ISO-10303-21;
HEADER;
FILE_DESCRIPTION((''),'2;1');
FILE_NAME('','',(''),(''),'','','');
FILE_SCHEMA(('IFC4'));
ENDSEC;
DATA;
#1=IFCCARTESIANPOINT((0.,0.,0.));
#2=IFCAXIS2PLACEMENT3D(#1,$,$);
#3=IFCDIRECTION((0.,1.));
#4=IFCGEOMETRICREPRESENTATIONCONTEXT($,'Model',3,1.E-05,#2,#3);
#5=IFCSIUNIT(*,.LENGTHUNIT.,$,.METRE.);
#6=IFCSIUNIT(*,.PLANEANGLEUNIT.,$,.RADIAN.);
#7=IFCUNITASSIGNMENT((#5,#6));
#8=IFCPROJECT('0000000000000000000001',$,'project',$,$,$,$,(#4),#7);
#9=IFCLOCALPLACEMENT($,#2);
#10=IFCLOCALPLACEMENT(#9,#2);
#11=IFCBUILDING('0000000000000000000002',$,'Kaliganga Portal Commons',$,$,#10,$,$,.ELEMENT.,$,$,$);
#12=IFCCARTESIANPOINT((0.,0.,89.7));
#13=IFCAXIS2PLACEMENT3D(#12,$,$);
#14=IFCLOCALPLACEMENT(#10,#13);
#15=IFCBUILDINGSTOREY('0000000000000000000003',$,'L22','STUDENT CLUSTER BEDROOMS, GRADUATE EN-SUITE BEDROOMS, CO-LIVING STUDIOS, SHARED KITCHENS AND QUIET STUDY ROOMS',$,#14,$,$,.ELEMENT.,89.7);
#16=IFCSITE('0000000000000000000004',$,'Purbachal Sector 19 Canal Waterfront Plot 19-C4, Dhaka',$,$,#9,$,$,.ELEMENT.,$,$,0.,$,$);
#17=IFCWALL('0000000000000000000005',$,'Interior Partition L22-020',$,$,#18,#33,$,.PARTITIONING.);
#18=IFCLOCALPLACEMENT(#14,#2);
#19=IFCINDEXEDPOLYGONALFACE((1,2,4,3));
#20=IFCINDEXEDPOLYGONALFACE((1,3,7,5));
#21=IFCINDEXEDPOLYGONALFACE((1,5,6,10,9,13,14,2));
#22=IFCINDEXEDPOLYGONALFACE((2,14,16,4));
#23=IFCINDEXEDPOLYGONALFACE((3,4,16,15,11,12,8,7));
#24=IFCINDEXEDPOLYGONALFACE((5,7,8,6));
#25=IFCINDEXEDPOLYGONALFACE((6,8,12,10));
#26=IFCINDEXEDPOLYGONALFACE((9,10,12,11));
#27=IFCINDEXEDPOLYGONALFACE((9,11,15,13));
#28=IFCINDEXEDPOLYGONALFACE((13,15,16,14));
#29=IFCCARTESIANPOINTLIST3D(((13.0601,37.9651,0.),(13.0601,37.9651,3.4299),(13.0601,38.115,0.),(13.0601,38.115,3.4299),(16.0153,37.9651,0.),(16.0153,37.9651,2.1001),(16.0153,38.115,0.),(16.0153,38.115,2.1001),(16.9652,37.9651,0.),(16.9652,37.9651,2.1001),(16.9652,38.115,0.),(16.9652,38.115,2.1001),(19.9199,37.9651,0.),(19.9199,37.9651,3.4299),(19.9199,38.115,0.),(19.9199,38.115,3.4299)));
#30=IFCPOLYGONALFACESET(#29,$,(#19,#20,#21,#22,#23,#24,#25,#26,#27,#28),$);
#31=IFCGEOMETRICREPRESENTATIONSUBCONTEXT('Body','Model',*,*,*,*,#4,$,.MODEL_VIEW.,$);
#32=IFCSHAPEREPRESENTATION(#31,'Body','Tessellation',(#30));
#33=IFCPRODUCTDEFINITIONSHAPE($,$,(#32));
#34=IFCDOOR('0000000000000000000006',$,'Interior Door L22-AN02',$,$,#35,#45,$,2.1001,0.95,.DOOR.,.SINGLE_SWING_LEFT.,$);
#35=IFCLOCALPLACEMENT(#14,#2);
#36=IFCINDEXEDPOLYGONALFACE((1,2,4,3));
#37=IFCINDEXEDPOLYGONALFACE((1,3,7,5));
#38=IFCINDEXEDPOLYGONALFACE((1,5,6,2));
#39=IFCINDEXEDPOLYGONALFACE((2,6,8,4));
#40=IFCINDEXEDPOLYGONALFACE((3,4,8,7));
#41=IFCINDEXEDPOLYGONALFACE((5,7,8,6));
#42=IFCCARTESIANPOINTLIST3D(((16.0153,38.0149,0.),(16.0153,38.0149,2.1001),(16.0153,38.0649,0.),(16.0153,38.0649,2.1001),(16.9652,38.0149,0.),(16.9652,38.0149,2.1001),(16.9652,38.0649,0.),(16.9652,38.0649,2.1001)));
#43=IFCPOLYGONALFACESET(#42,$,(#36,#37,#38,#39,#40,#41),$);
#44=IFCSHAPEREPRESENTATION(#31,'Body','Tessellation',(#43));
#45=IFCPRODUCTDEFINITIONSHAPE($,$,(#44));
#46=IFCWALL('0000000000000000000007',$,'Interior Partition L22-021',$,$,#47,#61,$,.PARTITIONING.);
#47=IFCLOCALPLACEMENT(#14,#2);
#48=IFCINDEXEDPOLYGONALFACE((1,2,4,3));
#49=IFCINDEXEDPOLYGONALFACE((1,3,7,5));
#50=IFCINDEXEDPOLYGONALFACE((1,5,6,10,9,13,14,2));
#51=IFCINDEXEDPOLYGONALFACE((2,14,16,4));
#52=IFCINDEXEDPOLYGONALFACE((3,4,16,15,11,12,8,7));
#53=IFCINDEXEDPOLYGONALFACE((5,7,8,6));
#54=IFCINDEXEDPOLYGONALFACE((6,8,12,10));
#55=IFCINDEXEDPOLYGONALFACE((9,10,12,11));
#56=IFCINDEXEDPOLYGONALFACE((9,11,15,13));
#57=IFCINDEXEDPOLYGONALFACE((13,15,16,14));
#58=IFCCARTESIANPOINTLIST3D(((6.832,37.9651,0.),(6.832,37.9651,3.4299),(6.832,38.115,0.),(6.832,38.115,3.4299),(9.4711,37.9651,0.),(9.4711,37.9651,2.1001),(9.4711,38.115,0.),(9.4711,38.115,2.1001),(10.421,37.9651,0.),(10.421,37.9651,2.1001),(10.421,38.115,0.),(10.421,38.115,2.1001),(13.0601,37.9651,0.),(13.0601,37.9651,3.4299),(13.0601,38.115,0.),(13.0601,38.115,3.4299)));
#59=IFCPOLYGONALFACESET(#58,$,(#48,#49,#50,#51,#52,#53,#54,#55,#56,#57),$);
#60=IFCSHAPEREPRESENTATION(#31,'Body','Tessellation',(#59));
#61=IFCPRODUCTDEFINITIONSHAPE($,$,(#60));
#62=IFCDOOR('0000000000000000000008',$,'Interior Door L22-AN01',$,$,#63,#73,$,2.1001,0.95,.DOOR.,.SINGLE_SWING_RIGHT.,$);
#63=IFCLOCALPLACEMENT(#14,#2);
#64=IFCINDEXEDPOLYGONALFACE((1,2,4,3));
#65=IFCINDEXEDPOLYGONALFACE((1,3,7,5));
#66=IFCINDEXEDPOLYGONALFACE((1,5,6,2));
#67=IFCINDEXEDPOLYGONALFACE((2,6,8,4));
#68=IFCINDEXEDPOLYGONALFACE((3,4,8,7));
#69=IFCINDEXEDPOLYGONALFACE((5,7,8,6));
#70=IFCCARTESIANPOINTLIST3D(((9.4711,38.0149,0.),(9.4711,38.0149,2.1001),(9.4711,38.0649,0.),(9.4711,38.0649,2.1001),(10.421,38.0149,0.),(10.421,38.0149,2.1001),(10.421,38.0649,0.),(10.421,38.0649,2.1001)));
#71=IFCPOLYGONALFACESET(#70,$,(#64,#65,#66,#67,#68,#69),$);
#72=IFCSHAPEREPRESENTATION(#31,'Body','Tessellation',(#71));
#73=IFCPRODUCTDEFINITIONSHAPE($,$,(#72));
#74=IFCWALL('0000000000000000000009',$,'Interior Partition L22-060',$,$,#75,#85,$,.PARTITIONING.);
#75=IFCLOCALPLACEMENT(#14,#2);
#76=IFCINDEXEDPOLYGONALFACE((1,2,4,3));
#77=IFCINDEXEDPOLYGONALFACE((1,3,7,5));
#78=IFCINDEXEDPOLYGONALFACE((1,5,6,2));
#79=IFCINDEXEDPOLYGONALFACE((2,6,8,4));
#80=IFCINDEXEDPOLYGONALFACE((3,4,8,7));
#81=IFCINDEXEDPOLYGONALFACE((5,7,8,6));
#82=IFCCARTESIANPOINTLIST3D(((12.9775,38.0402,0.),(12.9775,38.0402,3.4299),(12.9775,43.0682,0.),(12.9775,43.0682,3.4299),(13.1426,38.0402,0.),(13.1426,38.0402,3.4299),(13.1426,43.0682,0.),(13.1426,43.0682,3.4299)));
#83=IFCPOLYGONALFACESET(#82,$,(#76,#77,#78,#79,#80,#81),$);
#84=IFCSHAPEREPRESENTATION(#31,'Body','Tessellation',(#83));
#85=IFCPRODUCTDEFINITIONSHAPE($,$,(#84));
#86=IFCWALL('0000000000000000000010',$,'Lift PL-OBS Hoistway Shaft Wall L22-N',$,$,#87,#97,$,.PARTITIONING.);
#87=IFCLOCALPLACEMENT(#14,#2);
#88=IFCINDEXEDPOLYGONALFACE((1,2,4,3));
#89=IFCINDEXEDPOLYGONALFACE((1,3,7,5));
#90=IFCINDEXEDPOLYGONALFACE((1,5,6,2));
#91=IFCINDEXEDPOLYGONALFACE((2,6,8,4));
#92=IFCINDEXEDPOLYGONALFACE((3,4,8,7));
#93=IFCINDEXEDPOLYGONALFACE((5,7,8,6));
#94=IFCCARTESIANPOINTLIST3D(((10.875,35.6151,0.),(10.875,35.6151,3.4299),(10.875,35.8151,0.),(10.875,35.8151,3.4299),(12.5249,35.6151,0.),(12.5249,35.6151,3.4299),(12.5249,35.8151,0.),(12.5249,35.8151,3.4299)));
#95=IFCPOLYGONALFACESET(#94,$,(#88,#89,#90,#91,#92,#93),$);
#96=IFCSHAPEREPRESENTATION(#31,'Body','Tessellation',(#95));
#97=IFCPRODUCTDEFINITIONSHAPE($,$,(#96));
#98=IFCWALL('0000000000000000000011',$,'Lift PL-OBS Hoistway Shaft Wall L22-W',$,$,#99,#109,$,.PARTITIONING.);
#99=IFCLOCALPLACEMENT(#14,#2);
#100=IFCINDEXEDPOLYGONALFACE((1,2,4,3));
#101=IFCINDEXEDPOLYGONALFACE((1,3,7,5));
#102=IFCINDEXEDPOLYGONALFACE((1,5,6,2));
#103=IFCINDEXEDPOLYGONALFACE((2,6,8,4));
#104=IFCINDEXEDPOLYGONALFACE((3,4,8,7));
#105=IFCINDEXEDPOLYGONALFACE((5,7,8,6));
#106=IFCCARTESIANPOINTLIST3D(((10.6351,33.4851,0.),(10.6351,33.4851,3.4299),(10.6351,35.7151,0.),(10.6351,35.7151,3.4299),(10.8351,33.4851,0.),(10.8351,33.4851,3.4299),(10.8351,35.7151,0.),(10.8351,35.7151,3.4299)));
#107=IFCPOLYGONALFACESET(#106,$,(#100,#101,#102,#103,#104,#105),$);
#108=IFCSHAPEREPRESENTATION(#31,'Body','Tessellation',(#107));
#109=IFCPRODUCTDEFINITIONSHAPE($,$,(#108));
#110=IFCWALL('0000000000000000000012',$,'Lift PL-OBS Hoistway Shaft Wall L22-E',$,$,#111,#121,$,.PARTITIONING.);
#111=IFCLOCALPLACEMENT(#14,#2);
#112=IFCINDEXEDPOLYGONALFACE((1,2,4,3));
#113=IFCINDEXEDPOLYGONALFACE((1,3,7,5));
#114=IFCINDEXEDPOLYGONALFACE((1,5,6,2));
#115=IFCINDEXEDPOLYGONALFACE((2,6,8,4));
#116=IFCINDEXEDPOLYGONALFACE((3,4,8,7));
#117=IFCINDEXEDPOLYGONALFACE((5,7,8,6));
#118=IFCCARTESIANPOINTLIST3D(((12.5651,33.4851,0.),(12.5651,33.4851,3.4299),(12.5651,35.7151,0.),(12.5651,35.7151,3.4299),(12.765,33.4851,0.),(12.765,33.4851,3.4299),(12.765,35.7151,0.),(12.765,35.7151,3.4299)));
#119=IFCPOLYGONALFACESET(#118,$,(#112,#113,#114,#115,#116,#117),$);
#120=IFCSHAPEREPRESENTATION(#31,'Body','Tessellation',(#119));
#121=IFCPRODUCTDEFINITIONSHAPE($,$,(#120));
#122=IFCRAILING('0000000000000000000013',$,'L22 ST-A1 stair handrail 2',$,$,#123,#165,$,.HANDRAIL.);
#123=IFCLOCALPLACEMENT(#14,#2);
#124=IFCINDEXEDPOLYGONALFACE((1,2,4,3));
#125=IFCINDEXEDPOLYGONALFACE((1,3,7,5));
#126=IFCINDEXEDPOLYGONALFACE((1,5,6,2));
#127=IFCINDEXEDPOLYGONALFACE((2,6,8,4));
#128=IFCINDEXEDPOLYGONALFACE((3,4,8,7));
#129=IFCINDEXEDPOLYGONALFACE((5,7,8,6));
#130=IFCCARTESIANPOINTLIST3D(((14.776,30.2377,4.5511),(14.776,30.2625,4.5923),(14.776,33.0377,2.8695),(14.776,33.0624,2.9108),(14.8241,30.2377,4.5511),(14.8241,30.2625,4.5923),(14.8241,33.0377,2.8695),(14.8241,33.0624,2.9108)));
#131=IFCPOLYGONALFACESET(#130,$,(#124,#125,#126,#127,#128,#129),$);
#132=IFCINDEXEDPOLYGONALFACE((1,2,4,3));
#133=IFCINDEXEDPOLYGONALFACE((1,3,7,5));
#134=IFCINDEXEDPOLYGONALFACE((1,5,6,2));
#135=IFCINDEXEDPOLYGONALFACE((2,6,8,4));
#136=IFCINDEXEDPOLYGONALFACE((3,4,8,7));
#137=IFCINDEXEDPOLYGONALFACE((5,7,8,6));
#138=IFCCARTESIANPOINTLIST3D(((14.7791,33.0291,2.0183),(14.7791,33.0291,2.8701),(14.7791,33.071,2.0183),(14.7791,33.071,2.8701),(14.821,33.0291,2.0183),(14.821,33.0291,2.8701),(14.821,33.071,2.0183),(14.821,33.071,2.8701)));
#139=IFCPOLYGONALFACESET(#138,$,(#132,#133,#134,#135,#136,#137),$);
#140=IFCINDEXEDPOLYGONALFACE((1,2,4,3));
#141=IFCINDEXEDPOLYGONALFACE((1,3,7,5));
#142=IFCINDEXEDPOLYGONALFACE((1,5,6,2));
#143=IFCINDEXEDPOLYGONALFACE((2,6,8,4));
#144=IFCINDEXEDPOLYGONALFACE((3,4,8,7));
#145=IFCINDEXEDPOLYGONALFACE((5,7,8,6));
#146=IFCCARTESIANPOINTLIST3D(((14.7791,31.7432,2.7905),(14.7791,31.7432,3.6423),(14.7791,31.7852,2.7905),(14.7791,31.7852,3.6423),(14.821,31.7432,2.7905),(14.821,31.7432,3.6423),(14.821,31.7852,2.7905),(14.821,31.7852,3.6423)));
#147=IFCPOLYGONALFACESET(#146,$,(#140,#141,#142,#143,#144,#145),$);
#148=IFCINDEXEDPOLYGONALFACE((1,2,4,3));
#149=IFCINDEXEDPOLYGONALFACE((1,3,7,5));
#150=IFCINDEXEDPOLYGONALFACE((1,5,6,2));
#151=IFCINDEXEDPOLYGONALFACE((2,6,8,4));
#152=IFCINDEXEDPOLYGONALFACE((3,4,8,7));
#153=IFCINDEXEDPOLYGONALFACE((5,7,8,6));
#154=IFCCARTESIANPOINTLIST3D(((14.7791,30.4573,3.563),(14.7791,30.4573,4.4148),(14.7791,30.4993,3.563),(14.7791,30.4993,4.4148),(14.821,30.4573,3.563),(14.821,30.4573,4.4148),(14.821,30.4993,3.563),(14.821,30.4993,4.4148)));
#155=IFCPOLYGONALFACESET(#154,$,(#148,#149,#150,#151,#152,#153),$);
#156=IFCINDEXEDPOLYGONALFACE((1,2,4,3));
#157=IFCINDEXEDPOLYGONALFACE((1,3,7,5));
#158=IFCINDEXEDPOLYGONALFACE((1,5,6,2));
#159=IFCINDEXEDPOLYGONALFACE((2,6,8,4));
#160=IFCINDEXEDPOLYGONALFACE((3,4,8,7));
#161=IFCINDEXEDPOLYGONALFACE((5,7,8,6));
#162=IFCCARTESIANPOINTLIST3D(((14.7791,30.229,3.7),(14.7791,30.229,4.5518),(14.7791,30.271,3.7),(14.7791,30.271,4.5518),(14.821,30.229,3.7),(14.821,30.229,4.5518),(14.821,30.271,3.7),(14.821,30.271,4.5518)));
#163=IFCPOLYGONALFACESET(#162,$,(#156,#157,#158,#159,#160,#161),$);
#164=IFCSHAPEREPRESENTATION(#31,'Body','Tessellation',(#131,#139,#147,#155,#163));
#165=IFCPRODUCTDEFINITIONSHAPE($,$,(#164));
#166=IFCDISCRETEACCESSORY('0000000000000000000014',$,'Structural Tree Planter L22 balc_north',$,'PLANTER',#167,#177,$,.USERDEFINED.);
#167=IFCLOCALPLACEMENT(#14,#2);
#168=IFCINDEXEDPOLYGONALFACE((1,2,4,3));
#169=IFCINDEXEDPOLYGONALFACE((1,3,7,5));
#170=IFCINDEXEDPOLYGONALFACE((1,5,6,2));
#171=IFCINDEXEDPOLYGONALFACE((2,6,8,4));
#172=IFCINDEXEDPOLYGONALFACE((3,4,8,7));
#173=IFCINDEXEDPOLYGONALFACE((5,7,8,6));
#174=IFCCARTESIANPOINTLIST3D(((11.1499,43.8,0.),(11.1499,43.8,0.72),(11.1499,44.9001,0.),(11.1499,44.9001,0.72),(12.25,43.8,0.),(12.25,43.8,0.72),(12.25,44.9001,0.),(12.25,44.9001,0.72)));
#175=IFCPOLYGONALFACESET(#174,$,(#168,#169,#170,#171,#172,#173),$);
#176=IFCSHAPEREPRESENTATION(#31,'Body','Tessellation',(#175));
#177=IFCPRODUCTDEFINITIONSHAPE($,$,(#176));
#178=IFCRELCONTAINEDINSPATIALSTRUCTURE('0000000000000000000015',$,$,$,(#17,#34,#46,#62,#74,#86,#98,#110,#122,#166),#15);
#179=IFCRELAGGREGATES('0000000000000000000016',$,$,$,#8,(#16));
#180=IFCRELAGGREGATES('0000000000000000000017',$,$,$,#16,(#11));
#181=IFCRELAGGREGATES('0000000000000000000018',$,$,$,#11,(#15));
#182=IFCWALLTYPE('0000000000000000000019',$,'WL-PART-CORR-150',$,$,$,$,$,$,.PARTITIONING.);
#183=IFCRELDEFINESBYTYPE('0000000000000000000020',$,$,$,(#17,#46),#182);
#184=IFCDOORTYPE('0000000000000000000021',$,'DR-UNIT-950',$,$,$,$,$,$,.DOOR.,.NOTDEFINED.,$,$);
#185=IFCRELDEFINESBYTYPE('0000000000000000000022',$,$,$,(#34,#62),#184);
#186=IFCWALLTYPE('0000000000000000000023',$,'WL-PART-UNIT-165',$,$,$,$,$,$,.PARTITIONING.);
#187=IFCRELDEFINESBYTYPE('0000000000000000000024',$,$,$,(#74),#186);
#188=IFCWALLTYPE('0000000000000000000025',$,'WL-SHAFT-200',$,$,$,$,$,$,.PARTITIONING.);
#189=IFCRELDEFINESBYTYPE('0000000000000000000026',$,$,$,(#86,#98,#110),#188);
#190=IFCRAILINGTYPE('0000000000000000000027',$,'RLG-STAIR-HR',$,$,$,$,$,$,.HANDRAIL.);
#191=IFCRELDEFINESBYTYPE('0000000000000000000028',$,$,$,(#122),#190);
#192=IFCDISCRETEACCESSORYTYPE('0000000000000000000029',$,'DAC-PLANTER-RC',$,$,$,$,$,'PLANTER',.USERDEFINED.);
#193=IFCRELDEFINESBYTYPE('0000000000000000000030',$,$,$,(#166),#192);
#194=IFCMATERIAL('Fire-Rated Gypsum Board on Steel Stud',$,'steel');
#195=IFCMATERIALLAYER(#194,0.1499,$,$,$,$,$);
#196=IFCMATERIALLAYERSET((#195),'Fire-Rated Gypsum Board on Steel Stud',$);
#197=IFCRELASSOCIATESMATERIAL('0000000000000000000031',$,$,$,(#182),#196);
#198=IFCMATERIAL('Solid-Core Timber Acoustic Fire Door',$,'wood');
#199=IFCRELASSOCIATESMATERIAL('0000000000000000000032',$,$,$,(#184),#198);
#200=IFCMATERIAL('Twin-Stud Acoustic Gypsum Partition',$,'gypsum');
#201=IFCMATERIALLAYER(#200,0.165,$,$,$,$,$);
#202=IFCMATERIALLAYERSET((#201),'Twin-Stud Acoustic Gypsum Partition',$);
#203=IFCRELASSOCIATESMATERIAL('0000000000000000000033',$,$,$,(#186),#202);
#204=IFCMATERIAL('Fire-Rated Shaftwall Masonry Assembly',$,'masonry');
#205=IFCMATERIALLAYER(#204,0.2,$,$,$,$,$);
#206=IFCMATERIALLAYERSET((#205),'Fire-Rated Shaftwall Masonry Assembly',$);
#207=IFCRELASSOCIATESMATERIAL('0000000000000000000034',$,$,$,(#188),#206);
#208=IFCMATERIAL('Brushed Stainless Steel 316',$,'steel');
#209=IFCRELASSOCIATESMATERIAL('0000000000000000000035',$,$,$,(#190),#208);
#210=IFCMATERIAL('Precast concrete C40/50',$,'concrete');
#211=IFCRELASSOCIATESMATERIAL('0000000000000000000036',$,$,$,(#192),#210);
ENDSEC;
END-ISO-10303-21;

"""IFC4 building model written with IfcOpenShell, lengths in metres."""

from ifc_helpers import new_model, si_unit, direction, frame, frame_2d, origin, origin_2d, place, context, subcontext, project, spatial, rectangle, extrude, source, transform, mapped, material, layer, layer_set, type_object, element, fill, save


model = new_model("IFC4")

# Units and contexts
model_context = context("Model", 3, precision=1e-05, world=origin(), true_north=direction((0.0, 1.0)))
body_context = subcontext(model_context, "Body", "Model", "MODEL_VIEW")
ifc_project = project(units=[si_unit("LENGTHUNIT", "METRE"), si_unit("PLANEANGLEUNIT", "RADIAN")], contexts=[model_context])

# Site, building, storey
site_placement = place(None, origin())
site = spatial("IfcSite", under=ifc_project, at=site_placement, Name="Purbachal Sector 19 Canal Waterfront Plot 19-C4, Dhaka", CompositionType="ELEMENT", RefElevation=0.0)
building_placement = place(site_placement, origin())
building = spatial("IfcBuilding", under=site, at=building_placement, Name="Kaliganga Portal Commons", CompositionType="ELEMENT")
storey_placement = place(building_placement, frame((0.0, 0.0, 89.7)))
storey = spatial("IfcBuildingStorey", under=building, at=storey_placement, Name="L22", Description="STUDENT CLUSTER BEDROOMS, GRADUATE EN-SUITE BEDROOMS, CO-LIVING STUDIOS, SHARED KITCHENS AND QUIET STUDY ROOMS", CompositionType="ELEMENT", Elevation=89.7)

# Walls, openings, doors
ifc_material_1 = material(Name="Fire-Rated Gypsum Board on Steel Stud", Category="steel")
ifc_layer_1 = layer(ifc_material_1, 0.1499)
ifc_layer_set_1 = layer_set([ifc_layer_1], Name="Fire-Rated Gypsum Board on Steel Stud")
wall_type_1 = type_object("IfcWallType", Name="WL-PART-CORR-150", PredefinedType="PARTITIONING", material=ifc_layer_set_1)
wall_1_placement = place(storey_placement, frame((13.0601, 38.04, 0.0), z_axis=(0.0, 0.0, 1.0), x_axis=(1.0, 0.0, 0.0)))
wall_1 = element("IfcWall", 1, at=wall_1_placement, inside=storey, type_object=wall_type_1, Name="Interior Partition L22-020", PredefinedType="PARTITIONING", context=body_context, shape_type="SweptSolid", body=[
    extrude(rectangle(XDim=6.8599, YDim=0.1499, at=frame_2d((3.4299, 0.0))), origin(), (0.0, 0.0, 1.0), 3.4299),
])
opening_1_placement = place(wall_1_placement, frame((2.9551, 0.0, 0.0)))
opening_1 = element("IfcOpeningElement", 2, at=opening_1_placement, cuts=wall_1, PredefinedType="OPENING", context=body_context, shape_type="SweptSolid", body=[
    extrude(rectangle(XDim=0.95, YDim=2.1001, at=frame_2d((0.4751, 1.05))), frame((0.0, 0.085, 0.0), z_axis=(0.0, -1.0, 0.0), x_axis=(1.0, 0.0, 0.0)), (0.0, 0.0, 1.0), 0.1699),
])
ifc_material_2 = material(Name="Solid-Core Timber Acoustic Fire Door", Category="wood")
door_type_1 = type_object("IfcDoorType", Name="DR-UNIT-950", OperationType="NOTDEFINED", PredefinedType="DOOR", material=ifc_material_2)
door_1_placement = place(opening_1_placement, origin())
door_1 = element("IfcDoor", 3, at=door_1_placement, inside=storey, type_object=door_type_1, Name="Interior Door L22-AN02", OperationType="SINGLE_SWING_LEFT", OverallHeight=2.1001, OverallWidth=0.95, PredefinedType="DOOR", context=body_context, shape_type="SweptSolid", body=[
    extrude(rectangle(XDim=0.95, YDim=2.1001, at=frame_2d((0.4751, 1.05))), frame((0.0, 0.0249, 0.0), z_axis=(0.0, -1.0, 0.0), x_axis=(1.0, 0.0, 0.0)), (0.0, 0.0, 1.0), 0.05),
])
fill(opening_1, door_1)
wall_2_placement = place(storey_placement, frame((6.832, 38.04, 0.0), z_axis=(0.0, 0.0, 1.0), x_axis=(1.0, 0.0, 0.0)))
wall_2 = element("IfcWall", 4, at=wall_2_placement, inside=storey, type_object=wall_type_1, Name="Interior Partition L22-021", PredefinedType="PARTITIONING", context=body_context, shape_type="SweptSolid", body=[
    extrude(rectangle(XDim=6.228, YDim=0.1499, at=frame_2d((3.114, 0.0))), origin(), (0.0, 0.0, 1.0), 3.4299),
])
opening_2_placement = place(wall_2_placement, frame((2.6389, 0.0, 0.0)))
opening_2 = element("IfcOpeningElement", 5, at=opening_2_placement, cuts=wall_2, PredefinedType="OPENING", context=body_context, shape_type="SweptSolid", body=[
    extrude(rectangle(XDim=0.95, YDim=2.1001, at=frame_2d((0.4751, 1.05))), frame((0.0, 0.085, 0.0), z_axis=(0.0, -1.0, 0.0), x_axis=(1.0, 0.0, 0.0)), (0.0, 0.0, 1.0), 0.1699),
])
door_2_placement = place(opening_2_placement, origin())
door_2 = element("IfcDoor", 6, at=door_2_placement, inside=storey, type_object=door_type_1, Name="Interior Door L22-AN01", OperationType="SINGLE_SWING_RIGHT", OverallHeight=2.1001, OverallWidth=0.95, PredefinedType="DOOR", context=body_context, shape_type="SweptSolid", body=[
    extrude(rectangle(XDim=0.95, YDim=2.1001, at=frame_2d((0.4751, 1.05))), frame((0.0, 0.0249, 0.0), z_axis=(0.0, -1.0, 0.0), x_axis=(1.0, 0.0, 0.0)), (0.0, 0.0, 1.0), 0.05),
])
fill(opening_2, door_2)

# Wall
ifc_material_3 = material(Name="Twin-Stud Acoustic Gypsum Partition", Category="gypsum")
ifc_layer_2 = layer(ifc_material_3, 0.165)
ifc_layer_set_2 = layer_set([ifc_layer_2], Name="Twin-Stud Acoustic Gypsum Partition")
wall_type_2 = type_object("IfcWallType", Name="WL-PART-UNIT-165", PredefinedType="PARTITIONING", material=ifc_layer_set_2)
wall_3_placement = place(storey_placement, frame((13.0601, 38.04, 0.0), z_axis=(0.0, 0.0, 1.0), x_axis=(0.0, 1.0, 0.0)))
element("IfcWall", 7, at=wall_3_placement, inside=storey, type_object=wall_type_2, Name="Interior Partition L22-060", PredefinedType="PARTITIONING", context=body_context, shape_type="SweptSolid", body=[
    extrude(rectangle(XDim=5.0281, YDim=0.165, at=frame_2d((2.5142, 0.0))), origin(), (0.0, 0.0, 1.0), 3.4299),
])

# Shared definitions
ifc_material_4 = material(Name="Fire-Rated Shaftwall Masonry Assembly", Category="masonry")
ifc_layer_3 = layer(ifc_material_4, 0.2)
ifc_layer_set_3 = layer_set([ifc_layer_3], Name="Fire-Rated Shaftwall Masonry Assembly")
wall_type_3 = type_object("IfcWallType", Name="WL-SHAFT-200", PredefinedType="PARTITIONING", material=ifc_layer_set_3)

# Walls
wall_4_placement = place(storey_placement, frame((10.875, 35.7151, 0.0), z_axis=(0.0, 0.0, 1.0), x_axis=(1.0, 0.0, 0.0)))
element("IfcWall", 8, at=wall_4_placement, inside=storey, type_object=wall_type_3, Name="Lift PL-OBS Hoistway Shaft Wall L22-N", PredefinedType="PARTITIONING", context=body_context, shape_type="SweptSolid", body=[
    extrude(rectangle(XDim=1.6499, YDim=0.2, at=frame_2d((0.825, 0.0))), origin(), (0.0, 0.0, 1.0), 3.4299),
])
for number, where, z_axis, x_axis, name in (
    (9, (10.7351, 33.4851, 0.0), (0.0, 0.0, 1.0), (0.0, 1.0, 0.0), "Lift PL-OBS Hoistway Shaft Wall L22-W"),
    (10, (12.665, 33.4851, 0.0), (0.0, 0.0, 1.0), (0.0, 1.0, 0.0), "Lift PL-OBS Hoistway Shaft Wall L22-E"),
):
    element("IfcWall", number, at=place(storey_placement, frame(where, z_axis=z_axis, x_axis=x_axis)), inside=storey, type_object=wall_type_3, Name=name, PredefinedType="PARTITIONING", context=body_context, shape_type="SweptSolid", body=[
        extrude(rectangle(XDim=2.23, YDim=0.2, at=frame_2d((1.115, 0.0))), origin(), (0.0, 0.0, 1.0), 3.4299),
    ])

# Railing
ifc_material_5 = material(Name="Brushed Stainless Steel 316", Category="steel")
railing_type = type_object("IfcRailingType", Name="RLG-STAIR-HR", PredefinedType="HANDRAIL", material=ifc_material_5)
railing_placement = place(storey_placement, frame((14.8, 33.05, 2.0183)))
element("IfcRailing", 11, at=railing_placement, inside=storey, type_object=railing_type, Name="L22 ST-A1 stair handrail 2", PredefinedType="HANDRAIL", context=body_context, shape_type="SweptSolid", body=[
    extrude(rectangle(XDim=0.0481, YDim=0.0481, at=origin_2d()), frame((0.0, 0.0, 0.8718), z_axis=(0.0, -0.857275, 0.514858), x_axis=(1.0, 0.0, 0.0)), (0.0, 0.0, 1.0), 3.2661),
    extrude(rectangle(XDim=0.042, YDim=0.042, at=origin_2d()), origin(), (0.0, 0.0, 1.0), 0.8518),
    extrude(rectangle(XDim=0.042, YDim=0.042, at=origin_2d()), frame((0.0, -1.2859, 0.7722)), (0.0, 0.0, 1.0), 0.8518),
    extrude(rectangle(XDim=0.042, YDim=0.042, at=origin_2d()), frame((0.0, -2.5718, 1.5447)), (0.0, 0.0, 1.0), 0.8518),
    extrude(rectangle(XDim=0.042, YDim=0.042, at=origin_2d()), frame((0.0, -2.8, 1.6816)), (0.0, 0.0, 1.0), 0.8518),
])

# Discrete accessory
ifc_material_6 = material(Name="Precast concrete C40/50", Category="concrete")
discrete_accessory_type = type_object("IfcDiscreteAccessoryType", Name="DAC-PLANTER-RC", ElementType="PLANTER", PredefinedType="USERDEFINED", material=ifc_material_6)
shared_shape_1 = source(origin(), body_context, "Body", "SweptSolid", [
    extrude(rectangle(XDim=1.1001, YDim=1.1001, at=origin_2d()), origin(), (0.0, 0.0, 1.0), 0.72),
])
discrete_accessory_placement = place(storey_placement, frame((11.7, 44.3501, 0.0), z_axis=(0.0, 0.0, 1.0), x_axis=(1.0, 0.0, 0.0)))
element("IfcDiscreteAccessory", 12, at=discrete_accessory_placement, inside=storey, type_object=discrete_accessory_type, Name="Structural Tree Planter L22 balc_north", ObjectType="PLANTER", PredefinedType="USERDEFINED", context=body_context, shape_type="MappedRepresentation", body=[
    mapped(shared_shape_1, transform((0.0, 0.0, 0.0), x_axis=(1.0, 0.0, 0.0), y_axis=(0.0, 1.0, 0.0), z_axis=(0.0, 0.0, 1.0), scale=1.0)),
])

save(model, "model.ifc")
